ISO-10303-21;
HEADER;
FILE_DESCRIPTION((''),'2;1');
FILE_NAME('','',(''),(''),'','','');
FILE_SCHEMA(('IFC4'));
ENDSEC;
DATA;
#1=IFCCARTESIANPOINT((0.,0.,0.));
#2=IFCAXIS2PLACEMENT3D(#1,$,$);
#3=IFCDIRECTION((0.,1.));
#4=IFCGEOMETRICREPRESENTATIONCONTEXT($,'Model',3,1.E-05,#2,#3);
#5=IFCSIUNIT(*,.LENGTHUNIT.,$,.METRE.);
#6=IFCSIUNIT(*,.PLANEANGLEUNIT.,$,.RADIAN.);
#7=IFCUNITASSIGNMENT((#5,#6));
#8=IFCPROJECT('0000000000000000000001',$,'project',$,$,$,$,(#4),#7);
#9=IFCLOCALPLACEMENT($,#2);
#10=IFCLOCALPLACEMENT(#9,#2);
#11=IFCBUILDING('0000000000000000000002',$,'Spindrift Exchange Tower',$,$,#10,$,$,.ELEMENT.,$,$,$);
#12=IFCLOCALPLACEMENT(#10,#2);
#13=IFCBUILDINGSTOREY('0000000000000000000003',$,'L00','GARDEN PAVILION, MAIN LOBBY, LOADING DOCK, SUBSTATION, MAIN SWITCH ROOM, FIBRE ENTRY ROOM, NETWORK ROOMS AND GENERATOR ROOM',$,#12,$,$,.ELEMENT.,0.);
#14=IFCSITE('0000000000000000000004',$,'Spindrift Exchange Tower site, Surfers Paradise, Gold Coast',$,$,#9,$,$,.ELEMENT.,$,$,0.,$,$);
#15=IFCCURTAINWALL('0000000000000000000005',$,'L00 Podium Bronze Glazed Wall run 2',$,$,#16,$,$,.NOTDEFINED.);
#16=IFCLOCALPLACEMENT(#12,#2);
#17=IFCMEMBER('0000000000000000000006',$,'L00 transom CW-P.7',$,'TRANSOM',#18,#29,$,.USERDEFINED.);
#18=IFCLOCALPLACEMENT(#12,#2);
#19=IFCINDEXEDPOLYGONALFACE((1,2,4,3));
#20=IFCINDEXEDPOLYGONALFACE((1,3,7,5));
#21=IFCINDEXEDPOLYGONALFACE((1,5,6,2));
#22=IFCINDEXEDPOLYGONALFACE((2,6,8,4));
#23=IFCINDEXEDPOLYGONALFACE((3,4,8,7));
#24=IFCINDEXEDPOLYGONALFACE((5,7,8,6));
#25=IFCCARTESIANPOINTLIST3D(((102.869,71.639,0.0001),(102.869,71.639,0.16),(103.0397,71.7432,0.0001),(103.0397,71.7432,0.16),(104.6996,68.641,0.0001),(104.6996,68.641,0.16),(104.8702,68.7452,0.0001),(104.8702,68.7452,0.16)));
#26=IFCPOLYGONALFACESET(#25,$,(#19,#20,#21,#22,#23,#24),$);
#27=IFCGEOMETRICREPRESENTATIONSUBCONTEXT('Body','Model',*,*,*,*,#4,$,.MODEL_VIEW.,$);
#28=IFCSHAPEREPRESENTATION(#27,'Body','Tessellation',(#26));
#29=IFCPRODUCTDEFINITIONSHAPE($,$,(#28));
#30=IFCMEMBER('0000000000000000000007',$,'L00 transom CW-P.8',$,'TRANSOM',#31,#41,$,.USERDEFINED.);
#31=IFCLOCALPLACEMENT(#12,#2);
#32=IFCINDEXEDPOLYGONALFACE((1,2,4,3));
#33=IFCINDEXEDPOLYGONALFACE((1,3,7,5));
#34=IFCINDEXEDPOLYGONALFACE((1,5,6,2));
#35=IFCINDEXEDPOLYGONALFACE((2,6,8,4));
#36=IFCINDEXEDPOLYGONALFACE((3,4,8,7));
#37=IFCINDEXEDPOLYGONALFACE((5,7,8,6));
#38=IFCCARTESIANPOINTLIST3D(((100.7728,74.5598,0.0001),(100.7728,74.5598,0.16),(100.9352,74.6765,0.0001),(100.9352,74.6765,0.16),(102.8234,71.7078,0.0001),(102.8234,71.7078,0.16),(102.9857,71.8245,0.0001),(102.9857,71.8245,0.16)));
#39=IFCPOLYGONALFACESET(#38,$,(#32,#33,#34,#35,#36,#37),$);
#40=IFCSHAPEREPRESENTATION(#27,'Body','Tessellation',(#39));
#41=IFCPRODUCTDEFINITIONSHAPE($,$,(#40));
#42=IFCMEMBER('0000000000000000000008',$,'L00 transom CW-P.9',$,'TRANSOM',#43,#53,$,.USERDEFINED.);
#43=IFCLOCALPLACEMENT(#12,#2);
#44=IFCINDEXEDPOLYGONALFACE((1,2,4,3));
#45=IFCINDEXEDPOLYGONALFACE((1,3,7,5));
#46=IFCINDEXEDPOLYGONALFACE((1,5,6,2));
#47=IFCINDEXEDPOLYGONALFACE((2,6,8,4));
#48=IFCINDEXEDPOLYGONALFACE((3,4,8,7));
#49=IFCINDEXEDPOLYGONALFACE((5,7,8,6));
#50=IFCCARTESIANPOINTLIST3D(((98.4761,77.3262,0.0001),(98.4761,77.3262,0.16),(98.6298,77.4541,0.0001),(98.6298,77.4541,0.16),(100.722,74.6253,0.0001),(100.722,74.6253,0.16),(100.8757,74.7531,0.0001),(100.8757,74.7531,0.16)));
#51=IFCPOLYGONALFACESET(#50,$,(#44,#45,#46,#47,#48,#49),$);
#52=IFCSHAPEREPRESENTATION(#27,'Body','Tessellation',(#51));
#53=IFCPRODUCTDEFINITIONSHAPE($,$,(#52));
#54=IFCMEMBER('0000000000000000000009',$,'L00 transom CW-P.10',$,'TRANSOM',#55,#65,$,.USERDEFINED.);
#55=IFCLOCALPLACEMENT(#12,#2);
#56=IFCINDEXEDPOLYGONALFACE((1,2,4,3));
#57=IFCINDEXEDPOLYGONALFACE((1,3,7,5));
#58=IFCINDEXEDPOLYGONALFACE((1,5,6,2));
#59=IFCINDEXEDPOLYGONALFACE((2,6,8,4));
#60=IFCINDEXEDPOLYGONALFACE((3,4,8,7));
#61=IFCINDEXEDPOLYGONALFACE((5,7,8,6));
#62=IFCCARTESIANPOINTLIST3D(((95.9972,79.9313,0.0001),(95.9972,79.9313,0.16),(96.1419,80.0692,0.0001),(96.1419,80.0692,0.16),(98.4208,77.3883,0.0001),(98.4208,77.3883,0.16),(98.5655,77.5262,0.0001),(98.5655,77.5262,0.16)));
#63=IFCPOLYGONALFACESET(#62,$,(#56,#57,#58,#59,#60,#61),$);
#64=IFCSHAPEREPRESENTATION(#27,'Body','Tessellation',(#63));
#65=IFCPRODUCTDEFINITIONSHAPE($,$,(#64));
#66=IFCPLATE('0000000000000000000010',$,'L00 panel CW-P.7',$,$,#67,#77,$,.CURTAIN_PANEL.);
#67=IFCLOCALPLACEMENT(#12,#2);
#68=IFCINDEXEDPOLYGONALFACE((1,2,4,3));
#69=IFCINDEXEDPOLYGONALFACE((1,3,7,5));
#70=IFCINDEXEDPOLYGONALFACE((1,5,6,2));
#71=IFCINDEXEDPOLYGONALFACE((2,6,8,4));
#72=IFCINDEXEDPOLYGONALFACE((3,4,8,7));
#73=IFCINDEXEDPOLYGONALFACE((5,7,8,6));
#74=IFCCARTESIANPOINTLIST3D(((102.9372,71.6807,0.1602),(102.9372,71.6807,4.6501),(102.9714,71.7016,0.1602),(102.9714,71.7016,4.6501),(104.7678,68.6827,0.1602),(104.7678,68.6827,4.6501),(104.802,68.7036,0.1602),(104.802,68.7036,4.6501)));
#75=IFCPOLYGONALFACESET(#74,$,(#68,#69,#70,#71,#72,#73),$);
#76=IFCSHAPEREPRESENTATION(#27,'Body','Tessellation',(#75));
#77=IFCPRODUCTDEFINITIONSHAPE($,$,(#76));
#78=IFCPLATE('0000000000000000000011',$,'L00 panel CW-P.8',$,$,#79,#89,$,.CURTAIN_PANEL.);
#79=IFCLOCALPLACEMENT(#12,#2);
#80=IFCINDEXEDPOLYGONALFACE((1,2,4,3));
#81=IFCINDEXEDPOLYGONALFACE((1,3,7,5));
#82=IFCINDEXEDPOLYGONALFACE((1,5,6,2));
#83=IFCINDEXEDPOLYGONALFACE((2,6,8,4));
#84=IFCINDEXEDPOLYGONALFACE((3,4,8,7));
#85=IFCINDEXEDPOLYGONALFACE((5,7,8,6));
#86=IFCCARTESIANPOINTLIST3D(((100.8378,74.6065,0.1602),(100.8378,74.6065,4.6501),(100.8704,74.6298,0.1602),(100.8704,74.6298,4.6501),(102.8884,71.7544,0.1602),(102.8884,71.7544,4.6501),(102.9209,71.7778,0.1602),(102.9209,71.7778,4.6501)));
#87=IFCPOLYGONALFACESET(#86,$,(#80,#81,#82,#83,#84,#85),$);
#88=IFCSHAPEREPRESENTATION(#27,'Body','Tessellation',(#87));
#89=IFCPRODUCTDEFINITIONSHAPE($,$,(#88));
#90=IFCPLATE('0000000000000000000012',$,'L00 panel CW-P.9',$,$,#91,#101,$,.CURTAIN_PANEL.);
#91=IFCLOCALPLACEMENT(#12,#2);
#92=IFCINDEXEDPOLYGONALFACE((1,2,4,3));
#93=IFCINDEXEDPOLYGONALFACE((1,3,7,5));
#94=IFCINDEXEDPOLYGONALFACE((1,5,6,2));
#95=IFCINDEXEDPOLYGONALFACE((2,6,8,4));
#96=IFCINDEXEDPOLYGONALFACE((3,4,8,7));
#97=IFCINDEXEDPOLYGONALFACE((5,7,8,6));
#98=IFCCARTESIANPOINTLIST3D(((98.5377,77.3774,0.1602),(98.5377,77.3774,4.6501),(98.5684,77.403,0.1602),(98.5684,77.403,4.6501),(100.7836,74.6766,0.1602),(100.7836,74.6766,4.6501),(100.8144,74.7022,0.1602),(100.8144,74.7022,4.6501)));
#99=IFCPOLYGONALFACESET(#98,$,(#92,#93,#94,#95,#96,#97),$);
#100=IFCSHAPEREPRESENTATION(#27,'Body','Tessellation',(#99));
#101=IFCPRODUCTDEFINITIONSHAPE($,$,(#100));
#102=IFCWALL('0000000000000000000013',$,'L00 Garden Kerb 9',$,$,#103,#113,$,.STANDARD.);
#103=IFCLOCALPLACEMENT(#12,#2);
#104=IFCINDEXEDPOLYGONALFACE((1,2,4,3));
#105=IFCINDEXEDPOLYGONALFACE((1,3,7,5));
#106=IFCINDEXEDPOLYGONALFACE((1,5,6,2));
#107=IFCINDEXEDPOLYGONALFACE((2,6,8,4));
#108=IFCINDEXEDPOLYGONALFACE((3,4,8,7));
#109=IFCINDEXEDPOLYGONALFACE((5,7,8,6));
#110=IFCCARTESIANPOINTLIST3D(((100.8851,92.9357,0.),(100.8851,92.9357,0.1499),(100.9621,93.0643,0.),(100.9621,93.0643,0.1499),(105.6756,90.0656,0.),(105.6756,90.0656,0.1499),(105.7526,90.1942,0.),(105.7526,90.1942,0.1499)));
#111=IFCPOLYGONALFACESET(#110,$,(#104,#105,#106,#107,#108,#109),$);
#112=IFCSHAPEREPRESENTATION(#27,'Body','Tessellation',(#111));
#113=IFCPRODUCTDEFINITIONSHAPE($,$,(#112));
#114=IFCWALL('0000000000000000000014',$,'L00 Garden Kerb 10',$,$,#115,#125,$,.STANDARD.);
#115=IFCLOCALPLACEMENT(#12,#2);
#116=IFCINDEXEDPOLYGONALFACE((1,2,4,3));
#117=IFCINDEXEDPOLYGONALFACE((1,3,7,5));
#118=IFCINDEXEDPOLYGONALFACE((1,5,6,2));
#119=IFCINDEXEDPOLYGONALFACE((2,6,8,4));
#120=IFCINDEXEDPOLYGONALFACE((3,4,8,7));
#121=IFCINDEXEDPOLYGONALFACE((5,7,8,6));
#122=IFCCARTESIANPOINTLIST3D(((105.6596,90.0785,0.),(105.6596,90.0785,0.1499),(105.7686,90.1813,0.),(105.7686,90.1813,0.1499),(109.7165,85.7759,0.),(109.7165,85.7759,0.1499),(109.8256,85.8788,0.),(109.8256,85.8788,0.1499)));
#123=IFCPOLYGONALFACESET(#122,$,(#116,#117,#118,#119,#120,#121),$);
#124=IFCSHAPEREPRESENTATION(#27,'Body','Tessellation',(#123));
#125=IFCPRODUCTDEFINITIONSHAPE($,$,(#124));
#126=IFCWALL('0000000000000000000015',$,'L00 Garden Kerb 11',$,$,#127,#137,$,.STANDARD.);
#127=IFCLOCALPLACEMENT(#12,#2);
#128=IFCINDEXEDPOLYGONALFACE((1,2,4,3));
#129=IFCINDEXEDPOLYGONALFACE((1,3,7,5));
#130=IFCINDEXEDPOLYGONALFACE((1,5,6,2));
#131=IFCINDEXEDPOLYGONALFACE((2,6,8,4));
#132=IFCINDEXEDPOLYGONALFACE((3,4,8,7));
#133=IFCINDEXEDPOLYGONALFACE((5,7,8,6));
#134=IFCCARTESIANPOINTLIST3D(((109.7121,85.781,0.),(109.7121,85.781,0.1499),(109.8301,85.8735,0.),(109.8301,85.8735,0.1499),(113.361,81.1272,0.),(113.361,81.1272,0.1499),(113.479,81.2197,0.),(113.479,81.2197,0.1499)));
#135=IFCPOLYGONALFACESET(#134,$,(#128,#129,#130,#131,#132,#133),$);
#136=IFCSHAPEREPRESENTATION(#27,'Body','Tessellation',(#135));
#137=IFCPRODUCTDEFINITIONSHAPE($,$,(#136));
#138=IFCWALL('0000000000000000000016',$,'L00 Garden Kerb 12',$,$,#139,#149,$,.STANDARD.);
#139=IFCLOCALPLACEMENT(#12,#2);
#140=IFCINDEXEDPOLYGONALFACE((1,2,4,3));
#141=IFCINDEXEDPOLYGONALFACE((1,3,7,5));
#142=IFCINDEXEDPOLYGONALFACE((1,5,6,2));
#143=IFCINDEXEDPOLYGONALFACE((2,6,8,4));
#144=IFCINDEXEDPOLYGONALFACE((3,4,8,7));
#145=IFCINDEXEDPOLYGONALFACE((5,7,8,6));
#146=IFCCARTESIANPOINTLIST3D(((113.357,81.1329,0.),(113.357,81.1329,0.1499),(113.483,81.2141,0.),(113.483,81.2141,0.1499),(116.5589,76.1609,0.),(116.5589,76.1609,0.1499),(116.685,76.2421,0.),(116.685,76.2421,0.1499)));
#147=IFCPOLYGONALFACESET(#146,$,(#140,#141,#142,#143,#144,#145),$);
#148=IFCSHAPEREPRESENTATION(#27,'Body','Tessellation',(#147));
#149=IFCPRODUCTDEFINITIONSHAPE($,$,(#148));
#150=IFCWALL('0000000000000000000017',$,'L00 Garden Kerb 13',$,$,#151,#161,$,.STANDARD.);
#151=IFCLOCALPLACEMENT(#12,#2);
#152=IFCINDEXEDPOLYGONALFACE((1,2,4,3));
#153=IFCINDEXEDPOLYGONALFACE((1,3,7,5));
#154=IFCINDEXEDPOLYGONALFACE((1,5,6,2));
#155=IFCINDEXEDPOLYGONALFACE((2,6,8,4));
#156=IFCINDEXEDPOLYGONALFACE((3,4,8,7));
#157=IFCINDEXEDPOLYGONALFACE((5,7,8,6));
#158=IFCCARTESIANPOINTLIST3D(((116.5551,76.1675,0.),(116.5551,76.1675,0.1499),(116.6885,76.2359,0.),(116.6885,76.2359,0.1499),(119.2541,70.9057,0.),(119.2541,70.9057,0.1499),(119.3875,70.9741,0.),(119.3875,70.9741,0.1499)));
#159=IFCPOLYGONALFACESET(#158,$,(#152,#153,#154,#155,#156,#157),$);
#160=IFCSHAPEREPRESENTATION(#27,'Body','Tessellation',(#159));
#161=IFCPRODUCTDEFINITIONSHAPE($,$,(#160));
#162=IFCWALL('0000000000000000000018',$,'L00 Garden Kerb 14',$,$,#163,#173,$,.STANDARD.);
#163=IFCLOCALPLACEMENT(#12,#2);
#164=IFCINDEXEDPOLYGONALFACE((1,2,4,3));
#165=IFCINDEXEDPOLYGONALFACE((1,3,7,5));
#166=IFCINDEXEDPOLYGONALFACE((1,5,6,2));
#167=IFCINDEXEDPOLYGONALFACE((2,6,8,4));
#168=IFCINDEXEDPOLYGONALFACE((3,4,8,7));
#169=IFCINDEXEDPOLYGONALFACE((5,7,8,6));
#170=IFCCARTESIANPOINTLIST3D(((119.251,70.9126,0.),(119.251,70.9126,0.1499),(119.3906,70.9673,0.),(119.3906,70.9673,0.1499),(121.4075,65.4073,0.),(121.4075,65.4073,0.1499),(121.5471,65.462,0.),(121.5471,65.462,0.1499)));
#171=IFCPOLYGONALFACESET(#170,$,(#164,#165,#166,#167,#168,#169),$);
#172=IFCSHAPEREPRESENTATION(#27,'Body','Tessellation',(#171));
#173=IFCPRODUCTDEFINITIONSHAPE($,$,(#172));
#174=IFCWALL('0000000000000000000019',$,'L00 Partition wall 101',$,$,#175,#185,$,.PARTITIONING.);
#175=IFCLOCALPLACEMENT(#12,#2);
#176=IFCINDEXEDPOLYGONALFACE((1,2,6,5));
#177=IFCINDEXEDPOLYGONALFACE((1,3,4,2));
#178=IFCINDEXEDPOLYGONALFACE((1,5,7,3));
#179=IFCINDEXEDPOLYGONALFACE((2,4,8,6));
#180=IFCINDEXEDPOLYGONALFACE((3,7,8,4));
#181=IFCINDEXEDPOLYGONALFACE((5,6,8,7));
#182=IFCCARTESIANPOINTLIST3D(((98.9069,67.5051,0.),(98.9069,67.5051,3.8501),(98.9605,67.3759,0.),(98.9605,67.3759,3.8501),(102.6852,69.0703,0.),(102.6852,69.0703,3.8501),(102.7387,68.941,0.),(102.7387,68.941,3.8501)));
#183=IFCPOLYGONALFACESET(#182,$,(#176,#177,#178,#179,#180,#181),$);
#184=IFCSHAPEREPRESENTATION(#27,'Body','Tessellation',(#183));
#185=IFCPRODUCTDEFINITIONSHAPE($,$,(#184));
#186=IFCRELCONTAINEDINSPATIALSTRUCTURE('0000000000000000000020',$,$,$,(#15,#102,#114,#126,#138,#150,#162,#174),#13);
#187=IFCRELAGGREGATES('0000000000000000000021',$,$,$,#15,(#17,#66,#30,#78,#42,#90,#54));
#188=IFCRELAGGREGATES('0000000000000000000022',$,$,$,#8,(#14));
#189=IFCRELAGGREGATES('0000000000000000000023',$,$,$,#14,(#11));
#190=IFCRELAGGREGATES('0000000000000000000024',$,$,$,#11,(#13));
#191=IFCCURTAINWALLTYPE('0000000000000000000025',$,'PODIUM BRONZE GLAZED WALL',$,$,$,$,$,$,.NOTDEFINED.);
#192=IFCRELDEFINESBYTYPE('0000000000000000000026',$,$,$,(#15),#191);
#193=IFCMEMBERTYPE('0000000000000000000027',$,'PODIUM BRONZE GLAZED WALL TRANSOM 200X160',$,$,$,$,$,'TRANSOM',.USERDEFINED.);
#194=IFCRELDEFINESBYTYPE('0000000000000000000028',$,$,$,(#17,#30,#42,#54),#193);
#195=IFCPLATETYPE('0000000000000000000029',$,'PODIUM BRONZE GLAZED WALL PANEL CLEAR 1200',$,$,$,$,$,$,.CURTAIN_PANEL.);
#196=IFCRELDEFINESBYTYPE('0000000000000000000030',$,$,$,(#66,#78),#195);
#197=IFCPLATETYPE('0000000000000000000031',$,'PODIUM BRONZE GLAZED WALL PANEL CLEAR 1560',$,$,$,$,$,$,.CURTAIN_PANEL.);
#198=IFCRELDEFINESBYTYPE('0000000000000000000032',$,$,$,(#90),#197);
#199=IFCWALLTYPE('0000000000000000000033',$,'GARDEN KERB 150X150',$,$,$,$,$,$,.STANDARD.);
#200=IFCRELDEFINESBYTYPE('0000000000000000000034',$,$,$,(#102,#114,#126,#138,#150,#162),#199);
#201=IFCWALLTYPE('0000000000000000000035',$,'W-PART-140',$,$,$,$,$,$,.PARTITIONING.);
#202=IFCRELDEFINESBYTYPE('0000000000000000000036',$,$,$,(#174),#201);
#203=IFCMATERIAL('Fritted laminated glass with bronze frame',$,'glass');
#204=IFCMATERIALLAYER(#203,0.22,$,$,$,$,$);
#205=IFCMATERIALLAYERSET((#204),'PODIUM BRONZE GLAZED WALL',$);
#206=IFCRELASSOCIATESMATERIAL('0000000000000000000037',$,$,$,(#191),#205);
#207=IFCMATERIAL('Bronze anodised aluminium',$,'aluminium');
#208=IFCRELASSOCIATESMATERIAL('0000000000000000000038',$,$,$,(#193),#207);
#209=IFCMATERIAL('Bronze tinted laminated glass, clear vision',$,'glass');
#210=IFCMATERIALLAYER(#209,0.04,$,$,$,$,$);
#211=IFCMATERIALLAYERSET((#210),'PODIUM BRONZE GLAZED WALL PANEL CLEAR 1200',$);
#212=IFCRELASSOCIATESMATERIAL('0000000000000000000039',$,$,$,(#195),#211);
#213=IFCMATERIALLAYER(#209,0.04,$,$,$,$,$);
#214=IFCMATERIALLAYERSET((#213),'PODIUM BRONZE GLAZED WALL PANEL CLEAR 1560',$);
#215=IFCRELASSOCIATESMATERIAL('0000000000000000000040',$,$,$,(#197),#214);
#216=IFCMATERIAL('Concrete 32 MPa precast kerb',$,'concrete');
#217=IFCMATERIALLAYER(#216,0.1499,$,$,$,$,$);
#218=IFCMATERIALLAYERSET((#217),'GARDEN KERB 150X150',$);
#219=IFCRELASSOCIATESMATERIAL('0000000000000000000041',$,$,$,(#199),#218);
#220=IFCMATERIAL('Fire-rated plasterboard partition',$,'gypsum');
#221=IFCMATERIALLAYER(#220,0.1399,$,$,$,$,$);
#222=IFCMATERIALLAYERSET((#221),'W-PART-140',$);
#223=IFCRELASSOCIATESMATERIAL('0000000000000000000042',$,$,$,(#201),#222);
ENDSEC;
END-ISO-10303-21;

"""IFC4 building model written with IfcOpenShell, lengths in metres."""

from ifc_helpers import new_model, si_unit, direction, frame, frame_2d, origin, origin_2d, place, context, subcontext, project, spatial, rectangle, extrude, source, transform, mapped, material, layer, layer_set, material_profile, profile_set, type_object, element, aggregate, save


model = new_model("IFC4")

# Units and contexts
model_context = context("Model", 3, precision=1e-05, world=origin(), true_north=direction((0.0, 1.0)))
body_context = subcontext(model_context, "Body", "Model", "MODEL_VIEW")
ifc_project = project(units=[si_unit("LENGTHUNIT", "METRE"), si_unit("PLANEANGLEUNIT", "RADIAN")], contexts=[model_context])

# Site, building, storey
site_placement = place(None, origin())
site = spatial("IfcSite", under=ifc_project, at=site_placement, Name="Spindrift Exchange Tower site, Surfers Paradise, Gold Coast", CompositionType="ELEMENT", RefElevation=0.0)
building_placement = place(site_placement, origin())
building = spatial("IfcBuilding", under=site, at=building_placement, Name="Spindrift Exchange Tower", CompositionType="ELEMENT")
storey_placement = place(building_placement, origin())
storey = spatial("IfcBuildingStorey", under=building, at=storey_placement, Name="L00", Description="GARDEN PAVILION, MAIN LOBBY, LOADING DOCK, SUBSTATION, MAIN SWITCH ROOM, FIBRE ENTRY ROOM, NETWORK ROOMS AND GENERATOR ROOM", CompositionType="ELEMENT", Elevation=0.0)

# Curtain wall, members, plates
ifc_material_1 = material(Name="Fritted laminated glass with bronze frame", Category="glass")
ifc_layer_1 = layer(ifc_material_1, 0.22)
ifc_layer_set_1 = layer_set([ifc_layer_1], Name="PODIUM BRONZE GLAZED WALL")
curtain_wall_type = type_object("IfcCurtainWallType", Name="PODIUM BRONZE GLAZED WALL", PredefinedType="NOTDEFINED", material=ifc_layer_set_1)
curtain_wall_placement = place(storey_placement, origin())
curtain_wall = element("IfcCurtainWall", 1, at=curtain_wall_placement, inside=storey, type_object=curtain_wall_type, Name="L00 Podium Bronze Glazed Wall run 2", PredefinedType="NOTDEFINED")
ifc_material_2 = material(Name="Bronze anodised aluminium", Category="aluminium")
ifc_material_profile_1 = material_profile(ifc_material_2, rectangle(XDim=0.2, YDim=0.1599, at=origin_2d()), Name="PODIUM BRONZE GLAZED WALL TRANSOM 200X160")
ifc_profile_set_1 = profile_set([ifc_material_profile_1], Name="Bronze anodised aluminium")
member_type_1 = type_object("IfcMemberType", Name="PODIUM BRONZE GLAZED WALL TRANSOM 200X160", ElementType="TRANSOM", PredefinedType="USERDEFINED", material=ifc_profile_set_1)
shared_shape_1 = source(origin(), body_context, "Body", "SweptSolid", [
    extrude(rectangle(XDim=0.2, YDim=0.1599, at=origin_2d()), origin(), (0.0, 0.0, 1.0), 3.5127),
])
member_1_placement = place(storey_placement, frame((104.7849, 68.6931, 0.0801), z_axis=(-0.521124, 0.853481, 0.0), x_axis=(-0.853481, -0.521124, 0.0)))
member_1 = element("IfcMember", 2, at=member_1_placement, type_object=member_type_1, Name="L00 transom CW-P.7", ObjectType="TRANSOM", PredefinedType="USERDEFINED", context=body_context, shape_type="MappedRepresentation", body=[
    mapped(shared_shape_1, transform((0.0, 0.0, 0.0), scale=1.0)),
])
member_2_placement = place(storey_placement, frame((102.9045, 71.7661, 0.0801), z_axis=(-0.583753, 0.811931, 0.0), x_axis=(-0.811931, -0.583753, 0.0)))
member_2 = element("IfcMember", 3, at=member_2_placement, type_object=member_type_1, Name="L00 transom CW-P.8", ObjectType="TRANSOM", PredefinedType="USERDEFINED", context=body_context, shape_type="MappedRepresentation", body=[
    mapped(shared_shape_1, transform((0.0, 0.0, 0.0), scale=1.0)),
])
member_3_placement = place(storey_placement, frame((100.7988, 74.6892, 0.0801), z_axis=(-0.639357, 0.76891, 0.0), x_axis=(-0.76891, -0.639357, 0.0)))
member_3 = element("IfcMember", 4, at=member_3_placement, type_object=member_type_1, Name="L00 transom CW-P.9", ObjectType="TRANSOM", PredefinedType="USERDEFINED", context=body_context, shape_type="MappedRepresentation", body=[
    mapped(shared_shape_1, transform((0.0, 0.0, 0.0), scale=1.0)),
])
shared_shape_2 = source(origin(), body_context, "Body", "SweptSolid", [
    extrude(rectangle(XDim=0.2, YDim=0.1599, at=origin_2d()), origin(), (0.0, 0.0, 1.0), 3.5129),
])
member_4_placement = place(storey_placement, frame((98.4932, 77.4573, 0.0801), z_axis=(-0.68991, 0.723895, 0.0), x_axis=(-0.723895, -0.68991, 0.0)))
member_4 = element("IfcMember", 5, at=member_4_placement, type_object=member_type_1, Name="L00 transom CW-P.10", ObjectType="TRANSOM", PredefinedType="USERDEFINED", context=body_context, shape_type="MappedRepresentation", body=[
    mapped(shared_shape_2, transform((0.0, 0.0, 0.0), scale=1.0)),
])
ifc_material_3 = material(Name="Bronze tinted laminated glass, clear vision", Category="glass")
ifc_layer_2 = layer(ifc_material_3, 0.04)
ifc_layer_set_2 = layer_set([ifc_layer_2], Name="PODIUM BRONZE GLAZED WALL PANEL CLEAR 1200")
plate_type_1 = type_object("IfcPlateType", Name="PODIUM BRONZE GLAZED WALL PANEL CLEAR 1200", PredefinedType="CURTAIN_PANEL", material=ifc_layer_set_2)
shared_shape_3 = source(origin(), body_context, "Body", "SweptSolid", [
    extrude(rectangle(XDim=3.5127, YDim=0.04, at=origin_2d()), origin(), (0.0, 0.0, 1.0), 4.49),
])
plate_1_placement = place(storey_placement, frame((103.8696, 70.1921, 0.1602), z_axis=(0.0, 0.0, 1.0), x_axis=(-0.521138, 0.853473, 0.0)))
plate_1 = element("IfcPlate", 6, at=plate_1_placement, type_object=plate_type_1, Name="L00 panel CW-P.7", PredefinedType="CURTAIN_PANEL", context=body_context, shape_type="MappedRepresentation", body=[
    mapped(shared_shape_3, transform((0.0, 0.0, 0.0), scale=1.0)),
])
plate_2_placement = place(storey_placement, frame((101.8794, 73.1921, 0.1602), z_axis=(0.0, 0.0, 1.0), x_axis=(-0.583767, 0.811922, 0.0)))
plate_2 = element("IfcPlate", 7, at=plate_2_placement, type_object=plate_type_1, Name="L00 panel CW-P.8", PredefinedType="CURTAIN_PANEL", context=body_context, shape_type="MappedRepresentation", body=[
    mapped(shared_shape_3, transform((0.0, 0.0, 0.0), scale=1.0)),
])
ifc_layer_3 = layer(ifc_material_3, 0.04)
ifc_layer_set_3 = layer_set([ifc_layer_3], Name="PODIUM BRONZE GLAZED WALL PANEL CLEAR 1560")
plate_type_2 = type_object("IfcPlateType", Name="PODIUM BRONZE GLAZED WALL PANEL CLEAR 1560", PredefinedType="CURTAIN_PANEL", material=ifc_layer_set_3)
shared_shape_4 = source(origin(), body_context, "Body", "SweptSolid", [
    extrude(rectangle(XDim=3.5127, YDim=0.04, at=origin_2d()), origin(), (0.0, 0.0, 1.0), 4.49),
])
plate_3_placement = place(storey_placement, frame((99.676, 76.0398, 0.1602), z_axis=(0.0, 0.0, 1.0), x_axis=(-0.639379, 0.768892, 0.0)))
plate_3 = element("IfcPlate", 8, at=plate_3_placement, type_object=plate_type_2, Name="L00 panel CW-P.9", PredefinedType="CURTAIN_PANEL", context=body_context, shape_type="MappedRepresentation", body=[
    mapped(shared_shape_4, transform((0.0, 0.0, 0.0), scale=1.0)),
])
aggregate(curtain_wall, [member_1, plate_1, member_2, plate_2, member_3, plate_3, member_4])

# Walls
ifc_material_4 = material(Name="Concrete 32 MPa precast kerb", Category="concrete")
ifc_layer_4 = layer(ifc_material_4, 0.1499)
ifc_layer_set_4 = layer_set([ifc_layer_4], Name="GARDEN KERB 150X150")
wall_type_1 = type_object("IfcWallType", Name="GARDEN KERB 150X150", PredefinedType="STANDARD", material=ifc_layer_set_4)
wall_1_placement = place(storey_placement, frame((100.9236, 93.0, 0.0), z_axis=(0.0, 0.0, 1.0), x_axis=(0.857824, -0.513943, 0.0)))
element("IfcWall", 9, at=wall_1_placement, inside=storey, type_object=wall_type_1, Name="L00 Garden Kerb 9", PredefinedType="STANDARD", context=body_context, shape_type="SweptSolid", body=[
    extrude(rectangle(XDim=5.5845, YDim=0.1499, at=frame_2d((2.7922, 0.0))), origin(), (0.0, 0.0, 1.0), 0.1499),
])
wall_2_placement = place(storey_placement, frame((105.7141, 90.1299, 0.0), z_axis=(0.0, 0.0, 1.0), x_axis=(0.686035, -0.727568, 0.0)))
element("IfcWall", 10, at=wall_2_placement, inside=storey, type_object=wall_type_1, Name="L00 Garden Kerb 10", PredefinedType="STANDARD", context=body_context, shape_type="SweptSolid", body=[
    extrude(rectangle(XDim=5.9136, YDim=0.1499, at=frame_2d((2.9568, 0.0))), origin(), (0.0, 0.0, 1.0), 0.1499),
])
for number, where, z_axis, x_axis, name in (
    (11, (109.771, 85.8274, 0.0), (0.0, 0.0, 1.0), (0.617023, -0.786945, 0.0), "L00 Garden Kerb 11"),
    (12, (113.4199, 81.1736, 0.0), (0.0, 0.0, 1.0), (0.541436, -0.840742, 0.0), "L00 Garden Kerb 12"),
):
    element("IfcWall", number, at=place(storey_placement, frame(where, z_axis=z_axis, x_axis=x_axis)), inside=storey, type_object=wall_type_1, Name=name, PredefinedType="STANDARD", context=body_context, shape_type="SweptSolid", body=[
        extrude(rectangle(XDim=5.9138, YDim=0.1499, at=frame_2d((2.957, 0.0))), origin(), (0.0, 0.0, 1.0), 0.1499),
    ])
wall_3_placement = place(storey_placement, frame((116.6218, 76.2017, 0.0), z_axis=(0.0, 0.0, 1.0), x_axis=(0.456405, -0.889772, 0.0)))
element("IfcWall", 13, at=wall_3_placement, inside=storey, type_object=wall_type_1, Name="L00 Garden Kerb 13", PredefinedType="STANDARD", context=body_context, shape_type="SweptSolid", body=[
    extrude(rectangle(XDim=5.9136, YDim=0.1499, at=frame_2d((2.9568, 0.0))), origin(), (0.0, 0.0, 1.0), 0.1499),
])
wall_4_placement = place(storey_placement, frame((119.3208, 70.9399, 0.0), z_axis=(0.0, 0.0, 1.0), x_axis=(0.364725, -0.931115, 0.0)))
element("IfcWall", 14, at=wall_4_placement, inside=storey, type_object=wall_type_1, Name="L00 Garden Kerb 14", PredefinedType="STANDARD", context=body_context, shape_type="SweptSolid", body=[
    extrude(rectangle(XDim=5.9126, YDim=0.1499, at=frame_2d((2.9563, 0.0))), origin(), (0.0, 0.0, 1.0), 0.1499),
])

# Wall
ifc_material_5 = material(Name="Fire-rated plasterboard partition", Category="gypsum")
ifc_layer_5 = layer(ifc_material_5, 0.1399)
ifc_layer_set_5 = layer_set([ifc_layer_5], Name="W-PART-140")
wall_type_2 = type_object("IfcWallType", Name="W-PART-140", PredefinedType="PARTITIONING", material=ifc_layer_set_5)
wall_5_placement = place(storey_placement, frame((98.9336, 67.4404, 0.0), z_axis=(0.0, 0.0, 1.0), x_axis=(0.923866, 0.382716, 0.0)))
element("IfcWall", 15, at=wall_5_placement, inside=storey, type_object=wall_type_2, Name="L00 Partition wall 101", PredefinedType="PARTITIONING", context=body_context, shape_type="SweptSolid", body=[
    extrude(rectangle(XDim=4.0896, YDim=0.1399, at=frame_2d((2.0449, 0.0))), origin(), (0.0, 0.0, 1.0), 3.8501),
])

save(model, "model.ifc")
